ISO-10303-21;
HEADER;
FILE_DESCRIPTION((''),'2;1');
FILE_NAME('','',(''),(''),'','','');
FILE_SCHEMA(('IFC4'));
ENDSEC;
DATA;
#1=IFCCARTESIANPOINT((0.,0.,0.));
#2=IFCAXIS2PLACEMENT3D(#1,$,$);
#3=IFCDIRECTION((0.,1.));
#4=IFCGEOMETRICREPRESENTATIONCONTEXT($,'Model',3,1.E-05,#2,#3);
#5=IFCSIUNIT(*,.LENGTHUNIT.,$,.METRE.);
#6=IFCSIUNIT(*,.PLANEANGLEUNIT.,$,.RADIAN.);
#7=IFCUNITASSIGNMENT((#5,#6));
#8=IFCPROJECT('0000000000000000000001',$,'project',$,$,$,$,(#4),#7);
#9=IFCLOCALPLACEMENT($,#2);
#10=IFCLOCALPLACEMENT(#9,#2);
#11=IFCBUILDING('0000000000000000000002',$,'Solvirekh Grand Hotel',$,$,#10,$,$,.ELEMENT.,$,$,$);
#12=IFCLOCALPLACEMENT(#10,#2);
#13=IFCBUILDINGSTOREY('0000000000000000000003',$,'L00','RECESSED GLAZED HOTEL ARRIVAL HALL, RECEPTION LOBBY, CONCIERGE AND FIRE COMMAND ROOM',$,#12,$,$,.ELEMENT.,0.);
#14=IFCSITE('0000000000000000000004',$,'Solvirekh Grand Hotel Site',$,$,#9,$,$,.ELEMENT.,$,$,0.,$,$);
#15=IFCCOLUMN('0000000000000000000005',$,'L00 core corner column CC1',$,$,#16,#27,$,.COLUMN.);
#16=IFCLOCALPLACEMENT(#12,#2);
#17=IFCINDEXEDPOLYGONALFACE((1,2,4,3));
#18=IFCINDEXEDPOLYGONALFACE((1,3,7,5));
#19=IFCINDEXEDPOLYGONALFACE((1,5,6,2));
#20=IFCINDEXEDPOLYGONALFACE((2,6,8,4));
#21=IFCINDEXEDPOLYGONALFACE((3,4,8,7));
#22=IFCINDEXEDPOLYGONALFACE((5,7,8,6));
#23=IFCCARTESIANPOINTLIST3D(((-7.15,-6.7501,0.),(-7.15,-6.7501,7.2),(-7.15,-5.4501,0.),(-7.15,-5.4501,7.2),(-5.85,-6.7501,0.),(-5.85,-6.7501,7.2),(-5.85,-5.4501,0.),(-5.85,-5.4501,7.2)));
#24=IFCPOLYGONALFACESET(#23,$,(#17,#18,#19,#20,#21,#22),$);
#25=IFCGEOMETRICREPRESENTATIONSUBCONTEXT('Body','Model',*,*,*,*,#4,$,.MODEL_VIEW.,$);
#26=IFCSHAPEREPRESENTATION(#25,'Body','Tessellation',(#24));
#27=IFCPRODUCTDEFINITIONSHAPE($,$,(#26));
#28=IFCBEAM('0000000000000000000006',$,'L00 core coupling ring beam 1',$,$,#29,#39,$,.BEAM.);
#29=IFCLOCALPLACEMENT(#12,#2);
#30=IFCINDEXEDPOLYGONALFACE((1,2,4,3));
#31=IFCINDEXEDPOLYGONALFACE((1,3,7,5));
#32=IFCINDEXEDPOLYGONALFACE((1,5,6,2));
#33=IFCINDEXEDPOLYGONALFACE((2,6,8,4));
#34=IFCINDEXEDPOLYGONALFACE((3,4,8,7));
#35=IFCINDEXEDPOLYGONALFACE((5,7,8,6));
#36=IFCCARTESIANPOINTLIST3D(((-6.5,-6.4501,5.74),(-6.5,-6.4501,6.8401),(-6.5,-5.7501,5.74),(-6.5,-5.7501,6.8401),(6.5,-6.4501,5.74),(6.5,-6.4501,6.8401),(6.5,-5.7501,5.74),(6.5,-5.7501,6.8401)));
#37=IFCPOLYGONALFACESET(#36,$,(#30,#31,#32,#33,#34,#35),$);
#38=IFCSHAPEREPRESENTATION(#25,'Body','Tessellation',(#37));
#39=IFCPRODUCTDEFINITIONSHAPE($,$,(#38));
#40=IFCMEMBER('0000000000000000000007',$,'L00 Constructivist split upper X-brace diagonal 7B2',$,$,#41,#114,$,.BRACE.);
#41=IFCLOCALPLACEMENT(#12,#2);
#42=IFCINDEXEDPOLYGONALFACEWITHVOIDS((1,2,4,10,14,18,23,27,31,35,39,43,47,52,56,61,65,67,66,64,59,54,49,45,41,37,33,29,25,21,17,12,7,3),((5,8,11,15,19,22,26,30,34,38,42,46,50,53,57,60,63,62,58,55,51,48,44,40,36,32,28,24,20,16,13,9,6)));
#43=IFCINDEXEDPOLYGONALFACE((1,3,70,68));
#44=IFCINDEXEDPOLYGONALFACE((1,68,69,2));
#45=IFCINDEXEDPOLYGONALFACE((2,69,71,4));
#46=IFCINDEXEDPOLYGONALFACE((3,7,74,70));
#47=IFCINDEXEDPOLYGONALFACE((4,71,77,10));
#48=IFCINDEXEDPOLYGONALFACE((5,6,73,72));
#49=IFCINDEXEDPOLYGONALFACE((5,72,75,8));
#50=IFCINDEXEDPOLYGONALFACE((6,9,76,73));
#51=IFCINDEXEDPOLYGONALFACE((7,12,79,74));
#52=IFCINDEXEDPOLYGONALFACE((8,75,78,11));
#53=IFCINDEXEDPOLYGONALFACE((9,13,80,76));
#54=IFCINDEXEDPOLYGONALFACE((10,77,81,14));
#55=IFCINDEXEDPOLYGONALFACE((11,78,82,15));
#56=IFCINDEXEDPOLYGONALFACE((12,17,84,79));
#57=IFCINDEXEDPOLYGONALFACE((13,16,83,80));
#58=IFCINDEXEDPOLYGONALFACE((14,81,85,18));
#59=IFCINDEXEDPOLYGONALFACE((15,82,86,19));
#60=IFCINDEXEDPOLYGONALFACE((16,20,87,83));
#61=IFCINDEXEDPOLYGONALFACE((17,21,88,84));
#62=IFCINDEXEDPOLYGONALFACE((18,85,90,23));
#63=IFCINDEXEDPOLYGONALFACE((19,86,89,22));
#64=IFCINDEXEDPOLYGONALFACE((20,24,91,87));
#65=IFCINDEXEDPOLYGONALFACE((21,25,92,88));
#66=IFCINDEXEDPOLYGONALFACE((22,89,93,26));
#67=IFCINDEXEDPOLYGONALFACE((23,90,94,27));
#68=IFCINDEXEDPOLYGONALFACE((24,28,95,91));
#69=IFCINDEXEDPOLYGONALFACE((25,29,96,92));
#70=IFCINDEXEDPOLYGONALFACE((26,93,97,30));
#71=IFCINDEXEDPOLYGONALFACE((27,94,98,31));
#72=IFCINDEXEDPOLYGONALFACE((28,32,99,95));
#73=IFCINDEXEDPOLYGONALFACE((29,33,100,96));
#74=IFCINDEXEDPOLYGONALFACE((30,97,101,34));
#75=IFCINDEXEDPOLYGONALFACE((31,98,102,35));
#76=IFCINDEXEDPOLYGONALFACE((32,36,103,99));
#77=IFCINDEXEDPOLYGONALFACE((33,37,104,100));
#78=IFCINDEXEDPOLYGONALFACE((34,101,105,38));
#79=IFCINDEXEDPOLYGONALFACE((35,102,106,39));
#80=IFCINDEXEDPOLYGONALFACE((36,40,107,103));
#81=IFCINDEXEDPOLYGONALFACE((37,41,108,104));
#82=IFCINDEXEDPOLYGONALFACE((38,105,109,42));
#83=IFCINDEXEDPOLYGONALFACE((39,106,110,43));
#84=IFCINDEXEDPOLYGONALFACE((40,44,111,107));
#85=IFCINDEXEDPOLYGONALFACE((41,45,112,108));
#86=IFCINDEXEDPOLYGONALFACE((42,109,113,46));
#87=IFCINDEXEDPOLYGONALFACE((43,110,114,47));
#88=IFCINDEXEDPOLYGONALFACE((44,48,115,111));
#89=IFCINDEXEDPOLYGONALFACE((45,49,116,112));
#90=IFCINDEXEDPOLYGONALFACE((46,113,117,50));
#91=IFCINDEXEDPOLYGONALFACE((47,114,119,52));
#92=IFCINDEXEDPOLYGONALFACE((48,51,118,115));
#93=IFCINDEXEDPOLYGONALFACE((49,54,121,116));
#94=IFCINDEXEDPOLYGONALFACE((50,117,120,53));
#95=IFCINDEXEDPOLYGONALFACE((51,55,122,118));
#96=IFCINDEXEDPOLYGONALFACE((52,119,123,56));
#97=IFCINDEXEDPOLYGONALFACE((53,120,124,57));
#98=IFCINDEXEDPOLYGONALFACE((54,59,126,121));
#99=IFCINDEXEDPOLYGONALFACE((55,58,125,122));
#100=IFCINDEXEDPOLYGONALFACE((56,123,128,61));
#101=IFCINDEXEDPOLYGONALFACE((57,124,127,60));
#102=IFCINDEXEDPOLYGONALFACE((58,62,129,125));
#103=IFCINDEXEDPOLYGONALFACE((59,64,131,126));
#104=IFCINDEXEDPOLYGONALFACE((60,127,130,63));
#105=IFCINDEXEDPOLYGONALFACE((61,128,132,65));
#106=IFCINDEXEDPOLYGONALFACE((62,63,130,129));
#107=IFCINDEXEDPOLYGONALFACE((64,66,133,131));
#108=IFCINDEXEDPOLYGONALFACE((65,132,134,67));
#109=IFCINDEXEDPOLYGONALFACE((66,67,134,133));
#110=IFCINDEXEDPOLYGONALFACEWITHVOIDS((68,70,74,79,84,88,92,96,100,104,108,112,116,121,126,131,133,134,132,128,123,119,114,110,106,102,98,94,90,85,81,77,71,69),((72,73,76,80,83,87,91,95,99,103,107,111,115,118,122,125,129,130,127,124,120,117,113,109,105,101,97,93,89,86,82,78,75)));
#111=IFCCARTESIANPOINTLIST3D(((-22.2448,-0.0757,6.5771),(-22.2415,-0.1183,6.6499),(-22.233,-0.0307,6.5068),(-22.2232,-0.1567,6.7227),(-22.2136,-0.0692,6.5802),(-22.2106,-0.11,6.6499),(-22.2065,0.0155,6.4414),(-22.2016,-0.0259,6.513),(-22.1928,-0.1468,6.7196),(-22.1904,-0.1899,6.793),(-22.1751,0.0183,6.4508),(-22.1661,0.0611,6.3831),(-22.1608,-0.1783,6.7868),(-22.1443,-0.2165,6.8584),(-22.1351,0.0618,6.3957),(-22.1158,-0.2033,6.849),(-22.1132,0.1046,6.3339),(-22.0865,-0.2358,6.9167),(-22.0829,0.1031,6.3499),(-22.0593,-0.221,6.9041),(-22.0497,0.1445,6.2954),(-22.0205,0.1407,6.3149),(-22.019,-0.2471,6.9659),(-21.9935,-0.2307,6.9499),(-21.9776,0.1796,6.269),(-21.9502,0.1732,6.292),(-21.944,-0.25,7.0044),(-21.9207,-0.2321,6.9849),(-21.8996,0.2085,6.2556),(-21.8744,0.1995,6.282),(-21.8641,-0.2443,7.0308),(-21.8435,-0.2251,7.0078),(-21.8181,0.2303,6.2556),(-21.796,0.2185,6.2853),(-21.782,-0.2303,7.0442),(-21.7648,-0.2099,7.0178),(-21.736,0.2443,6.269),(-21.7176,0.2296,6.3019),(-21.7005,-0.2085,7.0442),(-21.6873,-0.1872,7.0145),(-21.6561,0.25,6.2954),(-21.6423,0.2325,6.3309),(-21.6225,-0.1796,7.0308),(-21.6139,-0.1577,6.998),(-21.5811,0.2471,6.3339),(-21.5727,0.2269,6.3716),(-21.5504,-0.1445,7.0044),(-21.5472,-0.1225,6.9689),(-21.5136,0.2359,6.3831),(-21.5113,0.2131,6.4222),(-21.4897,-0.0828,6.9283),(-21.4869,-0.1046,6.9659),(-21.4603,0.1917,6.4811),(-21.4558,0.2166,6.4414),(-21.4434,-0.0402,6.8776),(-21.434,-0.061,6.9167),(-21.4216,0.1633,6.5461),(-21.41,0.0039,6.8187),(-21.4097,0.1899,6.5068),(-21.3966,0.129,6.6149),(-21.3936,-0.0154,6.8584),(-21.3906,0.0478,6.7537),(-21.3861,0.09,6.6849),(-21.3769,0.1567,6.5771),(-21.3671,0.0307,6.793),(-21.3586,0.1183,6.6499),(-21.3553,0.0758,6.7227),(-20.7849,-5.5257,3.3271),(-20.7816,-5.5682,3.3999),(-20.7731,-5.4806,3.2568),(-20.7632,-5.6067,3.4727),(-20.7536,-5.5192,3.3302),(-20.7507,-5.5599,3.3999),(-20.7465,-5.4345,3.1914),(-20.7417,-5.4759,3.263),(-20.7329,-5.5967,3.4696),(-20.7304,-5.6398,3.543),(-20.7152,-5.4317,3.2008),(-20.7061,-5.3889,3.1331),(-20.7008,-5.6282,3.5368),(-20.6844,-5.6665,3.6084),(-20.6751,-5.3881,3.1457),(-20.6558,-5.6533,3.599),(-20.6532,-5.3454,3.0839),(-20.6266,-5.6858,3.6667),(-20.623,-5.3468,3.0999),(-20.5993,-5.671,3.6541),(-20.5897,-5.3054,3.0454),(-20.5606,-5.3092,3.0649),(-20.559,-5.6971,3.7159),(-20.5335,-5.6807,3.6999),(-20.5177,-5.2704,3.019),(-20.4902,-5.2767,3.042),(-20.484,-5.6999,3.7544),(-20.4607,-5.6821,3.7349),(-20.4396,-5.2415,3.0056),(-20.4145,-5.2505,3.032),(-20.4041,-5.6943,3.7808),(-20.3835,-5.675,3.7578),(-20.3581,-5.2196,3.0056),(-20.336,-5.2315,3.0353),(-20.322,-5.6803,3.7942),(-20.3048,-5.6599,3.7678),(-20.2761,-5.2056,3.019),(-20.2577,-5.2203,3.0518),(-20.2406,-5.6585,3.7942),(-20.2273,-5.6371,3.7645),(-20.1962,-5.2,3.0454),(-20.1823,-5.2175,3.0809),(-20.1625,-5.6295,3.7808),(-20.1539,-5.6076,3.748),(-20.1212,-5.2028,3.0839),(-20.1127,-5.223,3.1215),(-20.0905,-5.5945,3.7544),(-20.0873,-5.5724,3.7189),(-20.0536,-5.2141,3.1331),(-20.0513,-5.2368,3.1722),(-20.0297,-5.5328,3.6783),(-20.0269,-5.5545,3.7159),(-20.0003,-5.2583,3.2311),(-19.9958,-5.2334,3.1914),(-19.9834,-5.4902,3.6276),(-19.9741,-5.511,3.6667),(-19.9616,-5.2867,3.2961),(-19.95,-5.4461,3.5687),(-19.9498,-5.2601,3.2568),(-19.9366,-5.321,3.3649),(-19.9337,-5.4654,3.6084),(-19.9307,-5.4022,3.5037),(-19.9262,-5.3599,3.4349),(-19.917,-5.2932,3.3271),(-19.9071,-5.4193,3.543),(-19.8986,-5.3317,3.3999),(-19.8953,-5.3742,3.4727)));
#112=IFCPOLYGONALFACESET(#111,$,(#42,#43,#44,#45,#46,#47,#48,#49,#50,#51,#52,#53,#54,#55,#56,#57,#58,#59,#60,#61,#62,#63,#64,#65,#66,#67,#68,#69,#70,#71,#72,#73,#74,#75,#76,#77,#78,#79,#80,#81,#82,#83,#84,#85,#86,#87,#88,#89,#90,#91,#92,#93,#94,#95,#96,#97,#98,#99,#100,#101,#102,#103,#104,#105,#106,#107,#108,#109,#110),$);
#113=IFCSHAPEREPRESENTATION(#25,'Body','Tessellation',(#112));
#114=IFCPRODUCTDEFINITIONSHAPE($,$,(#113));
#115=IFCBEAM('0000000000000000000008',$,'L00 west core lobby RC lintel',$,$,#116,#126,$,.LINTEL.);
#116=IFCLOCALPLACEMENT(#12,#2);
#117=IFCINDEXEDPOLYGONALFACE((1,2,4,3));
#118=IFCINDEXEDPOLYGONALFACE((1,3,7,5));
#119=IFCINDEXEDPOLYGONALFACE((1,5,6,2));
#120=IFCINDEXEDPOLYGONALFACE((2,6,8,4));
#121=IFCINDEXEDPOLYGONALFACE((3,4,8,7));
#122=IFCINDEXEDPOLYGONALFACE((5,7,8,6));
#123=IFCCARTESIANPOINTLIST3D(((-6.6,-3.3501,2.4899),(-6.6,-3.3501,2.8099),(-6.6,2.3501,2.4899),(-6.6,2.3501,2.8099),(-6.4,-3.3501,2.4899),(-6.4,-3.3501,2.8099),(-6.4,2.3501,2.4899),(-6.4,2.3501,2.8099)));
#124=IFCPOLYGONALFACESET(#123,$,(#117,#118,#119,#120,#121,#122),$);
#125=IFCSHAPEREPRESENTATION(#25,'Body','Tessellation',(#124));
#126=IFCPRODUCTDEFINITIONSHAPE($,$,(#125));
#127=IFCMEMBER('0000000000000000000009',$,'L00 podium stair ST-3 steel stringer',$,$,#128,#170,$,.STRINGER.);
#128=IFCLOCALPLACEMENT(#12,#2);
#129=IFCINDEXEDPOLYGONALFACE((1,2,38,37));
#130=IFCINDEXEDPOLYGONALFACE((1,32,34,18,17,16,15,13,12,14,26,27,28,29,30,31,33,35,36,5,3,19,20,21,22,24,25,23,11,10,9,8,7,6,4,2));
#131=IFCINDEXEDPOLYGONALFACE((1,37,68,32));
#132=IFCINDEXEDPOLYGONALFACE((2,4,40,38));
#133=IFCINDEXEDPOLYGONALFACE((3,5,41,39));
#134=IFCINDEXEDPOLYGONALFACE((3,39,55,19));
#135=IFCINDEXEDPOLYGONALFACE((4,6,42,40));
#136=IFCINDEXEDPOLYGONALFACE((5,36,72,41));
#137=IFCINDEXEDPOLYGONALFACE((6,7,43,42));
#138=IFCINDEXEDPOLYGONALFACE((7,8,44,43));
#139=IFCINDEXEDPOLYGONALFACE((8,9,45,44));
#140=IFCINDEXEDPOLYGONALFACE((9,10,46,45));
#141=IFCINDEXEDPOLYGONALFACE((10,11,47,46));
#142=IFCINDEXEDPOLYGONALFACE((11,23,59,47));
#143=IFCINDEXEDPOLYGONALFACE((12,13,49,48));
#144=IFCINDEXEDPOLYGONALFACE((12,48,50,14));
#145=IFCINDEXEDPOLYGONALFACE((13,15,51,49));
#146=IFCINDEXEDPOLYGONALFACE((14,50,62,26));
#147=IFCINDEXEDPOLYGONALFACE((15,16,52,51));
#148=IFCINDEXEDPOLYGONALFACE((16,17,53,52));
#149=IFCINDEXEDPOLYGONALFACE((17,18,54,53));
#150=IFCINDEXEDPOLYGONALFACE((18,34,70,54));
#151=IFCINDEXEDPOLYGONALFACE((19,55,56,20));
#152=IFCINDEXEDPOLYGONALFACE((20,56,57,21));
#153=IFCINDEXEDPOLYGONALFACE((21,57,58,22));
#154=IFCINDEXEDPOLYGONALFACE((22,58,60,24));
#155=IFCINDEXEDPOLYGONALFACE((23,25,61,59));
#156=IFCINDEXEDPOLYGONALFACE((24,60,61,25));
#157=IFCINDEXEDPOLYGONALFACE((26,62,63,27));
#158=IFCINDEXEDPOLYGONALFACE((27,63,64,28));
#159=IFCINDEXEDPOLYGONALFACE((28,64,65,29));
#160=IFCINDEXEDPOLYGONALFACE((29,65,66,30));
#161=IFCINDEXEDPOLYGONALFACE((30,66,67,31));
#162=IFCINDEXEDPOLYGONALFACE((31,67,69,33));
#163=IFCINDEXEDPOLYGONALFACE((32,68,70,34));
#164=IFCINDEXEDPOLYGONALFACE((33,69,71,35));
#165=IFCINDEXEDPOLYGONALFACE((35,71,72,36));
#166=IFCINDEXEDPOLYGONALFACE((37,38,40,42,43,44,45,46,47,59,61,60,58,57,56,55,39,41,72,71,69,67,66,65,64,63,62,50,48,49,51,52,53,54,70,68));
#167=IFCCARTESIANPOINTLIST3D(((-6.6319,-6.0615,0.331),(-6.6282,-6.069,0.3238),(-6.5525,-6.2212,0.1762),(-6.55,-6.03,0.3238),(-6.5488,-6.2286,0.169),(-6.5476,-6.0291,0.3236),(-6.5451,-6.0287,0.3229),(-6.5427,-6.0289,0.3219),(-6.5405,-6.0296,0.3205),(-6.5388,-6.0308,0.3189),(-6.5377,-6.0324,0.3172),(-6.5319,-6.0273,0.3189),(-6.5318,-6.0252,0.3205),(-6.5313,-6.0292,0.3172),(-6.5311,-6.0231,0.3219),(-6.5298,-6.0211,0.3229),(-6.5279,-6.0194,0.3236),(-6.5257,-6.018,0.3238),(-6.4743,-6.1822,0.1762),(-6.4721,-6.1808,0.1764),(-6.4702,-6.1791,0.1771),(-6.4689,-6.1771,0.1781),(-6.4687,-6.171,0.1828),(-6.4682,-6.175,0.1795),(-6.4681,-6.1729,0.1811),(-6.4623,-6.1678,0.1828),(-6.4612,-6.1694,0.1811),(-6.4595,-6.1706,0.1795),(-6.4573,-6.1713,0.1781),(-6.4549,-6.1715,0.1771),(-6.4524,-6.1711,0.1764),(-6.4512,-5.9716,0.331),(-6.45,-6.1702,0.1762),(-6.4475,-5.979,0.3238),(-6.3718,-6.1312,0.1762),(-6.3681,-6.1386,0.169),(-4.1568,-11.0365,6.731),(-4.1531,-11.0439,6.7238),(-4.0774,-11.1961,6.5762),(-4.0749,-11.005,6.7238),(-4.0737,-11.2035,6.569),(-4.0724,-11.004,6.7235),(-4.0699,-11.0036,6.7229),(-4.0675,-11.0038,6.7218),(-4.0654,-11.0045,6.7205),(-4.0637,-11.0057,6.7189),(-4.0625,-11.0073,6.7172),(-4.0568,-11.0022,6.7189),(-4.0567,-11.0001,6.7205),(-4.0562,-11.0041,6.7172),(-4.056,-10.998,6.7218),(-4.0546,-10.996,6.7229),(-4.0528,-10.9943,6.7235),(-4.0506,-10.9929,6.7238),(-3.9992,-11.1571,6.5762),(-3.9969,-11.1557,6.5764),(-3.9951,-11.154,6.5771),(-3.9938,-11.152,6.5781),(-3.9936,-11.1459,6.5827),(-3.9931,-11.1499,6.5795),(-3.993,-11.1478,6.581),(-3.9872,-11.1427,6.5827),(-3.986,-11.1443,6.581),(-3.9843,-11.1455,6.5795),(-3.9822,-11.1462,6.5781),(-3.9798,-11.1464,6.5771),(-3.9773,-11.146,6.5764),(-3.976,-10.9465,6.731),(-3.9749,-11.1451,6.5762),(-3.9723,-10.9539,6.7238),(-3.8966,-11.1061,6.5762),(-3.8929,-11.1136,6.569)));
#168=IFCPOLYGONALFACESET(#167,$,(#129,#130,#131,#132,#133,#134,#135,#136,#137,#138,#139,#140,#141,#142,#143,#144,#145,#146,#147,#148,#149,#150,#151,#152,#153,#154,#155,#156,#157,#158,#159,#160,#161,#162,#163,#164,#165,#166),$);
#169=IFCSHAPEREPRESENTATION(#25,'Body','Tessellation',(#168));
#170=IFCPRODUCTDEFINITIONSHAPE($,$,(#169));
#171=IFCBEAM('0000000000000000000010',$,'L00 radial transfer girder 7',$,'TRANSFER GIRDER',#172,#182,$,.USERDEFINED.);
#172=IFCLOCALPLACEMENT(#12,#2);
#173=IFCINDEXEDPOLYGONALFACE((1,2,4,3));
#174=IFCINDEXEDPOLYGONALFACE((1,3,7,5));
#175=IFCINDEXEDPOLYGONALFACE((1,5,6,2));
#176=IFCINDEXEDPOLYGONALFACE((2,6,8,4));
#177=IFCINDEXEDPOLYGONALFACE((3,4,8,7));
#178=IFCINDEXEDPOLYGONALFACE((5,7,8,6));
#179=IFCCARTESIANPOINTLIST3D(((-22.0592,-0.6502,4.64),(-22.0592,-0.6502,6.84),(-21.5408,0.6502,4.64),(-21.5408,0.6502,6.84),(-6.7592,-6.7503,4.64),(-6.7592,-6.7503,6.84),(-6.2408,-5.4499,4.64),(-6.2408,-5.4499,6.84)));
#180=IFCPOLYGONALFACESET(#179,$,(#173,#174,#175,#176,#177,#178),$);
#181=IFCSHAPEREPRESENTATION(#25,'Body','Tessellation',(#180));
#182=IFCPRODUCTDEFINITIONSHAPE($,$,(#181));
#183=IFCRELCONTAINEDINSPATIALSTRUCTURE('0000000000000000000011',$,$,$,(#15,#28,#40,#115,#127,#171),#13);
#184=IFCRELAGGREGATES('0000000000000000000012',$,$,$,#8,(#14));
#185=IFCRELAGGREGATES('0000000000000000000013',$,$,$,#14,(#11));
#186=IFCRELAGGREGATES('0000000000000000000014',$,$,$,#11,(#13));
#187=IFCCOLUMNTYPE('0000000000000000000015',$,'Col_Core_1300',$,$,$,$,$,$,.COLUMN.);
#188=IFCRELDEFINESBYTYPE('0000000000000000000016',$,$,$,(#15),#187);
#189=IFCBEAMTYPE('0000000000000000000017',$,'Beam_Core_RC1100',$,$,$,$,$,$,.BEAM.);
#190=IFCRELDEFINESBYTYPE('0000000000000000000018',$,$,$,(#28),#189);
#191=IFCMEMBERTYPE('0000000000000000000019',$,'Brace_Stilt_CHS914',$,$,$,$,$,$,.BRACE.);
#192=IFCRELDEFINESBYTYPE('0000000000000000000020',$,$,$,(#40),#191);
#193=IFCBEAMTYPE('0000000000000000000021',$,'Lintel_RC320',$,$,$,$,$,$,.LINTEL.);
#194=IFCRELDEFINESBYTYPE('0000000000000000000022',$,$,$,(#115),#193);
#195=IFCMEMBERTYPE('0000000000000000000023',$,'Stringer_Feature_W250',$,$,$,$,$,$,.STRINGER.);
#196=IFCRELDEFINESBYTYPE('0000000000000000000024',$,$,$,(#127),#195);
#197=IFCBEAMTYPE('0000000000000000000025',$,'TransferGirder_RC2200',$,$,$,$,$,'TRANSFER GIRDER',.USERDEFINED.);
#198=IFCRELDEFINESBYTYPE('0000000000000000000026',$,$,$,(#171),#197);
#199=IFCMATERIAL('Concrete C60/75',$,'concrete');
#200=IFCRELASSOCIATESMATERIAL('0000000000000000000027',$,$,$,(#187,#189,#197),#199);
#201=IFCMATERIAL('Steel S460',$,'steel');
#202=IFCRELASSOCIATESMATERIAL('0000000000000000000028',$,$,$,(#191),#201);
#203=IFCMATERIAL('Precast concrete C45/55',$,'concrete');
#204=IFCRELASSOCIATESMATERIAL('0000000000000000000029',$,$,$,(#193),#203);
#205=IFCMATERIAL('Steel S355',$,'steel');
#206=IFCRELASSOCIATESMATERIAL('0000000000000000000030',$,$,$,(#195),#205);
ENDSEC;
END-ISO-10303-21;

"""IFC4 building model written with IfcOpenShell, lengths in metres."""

from ifc_helpers import new_model, si_unit, direction, frame, origin, origin_2d, place, context, subcontext, project, spatial, rectangle, hollow_circle, i_section, extrude, material, material_profile, profile_set, type_object, element, save


model = new_model("IFC4")

# Units and contexts
model_context = context("Model", 3, precision=1e-05, world=origin(), true_north=direction((0.0, 1.0)))
body_context = subcontext(model_context, "Body", "Model", "MODEL_VIEW")
ifc_project = project(units=[si_unit("LENGTHUNIT", "METRE"), si_unit("PLANEANGLEUNIT", "RADIAN")], contexts=[model_context])

# Site, building, storey
site_placement = place(None, origin())
site = spatial("IfcSite", under=ifc_project, at=site_placement, Name="Solvirekh Grand Hotel Site", CompositionType="ELEMENT", RefElevation=0.0)
building_placement = place(site_placement, origin())
building = spatial("IfcBuilding", under=site, at=building_placement, Name="Solvirekh Grand Hotel", CompositionType="ELEMENT")
storey_placement = place(building_placement, origin())
storey = spatial("IfcBuildingStorey", under=building, at=storey_placement, Name="L00", Description="RECESSED GLAZED HOTEL ARRIVAL HALL, RECEPTION LOBBY, CONCIERGE AND FIRE COMMAND ROOM", CompositionType="ELEMENT", Elevation=0.0)

# Column
ifc_material_1 = material(Name="Concrete C60/75", Category="concrete")
ifc_material_profile_1 = material_profile(ifc_material_1, rectangle(XDim=1.3, YDim=1.3, at=origin_2d()), Name="RC 1300X1300")
ifc_profile_set_1 = profile_set([ifc_material_profile_1], Name="Concrete C60/75")
column_type = type_object("IfcColumnType", Name="Col_Core_1300", PredefinedType="COLUMN", material=ifc_profile_set_1)
column_placement = place(storey_placement, frame((-6.5, -6.1001, 0.0), z_axis=(0.0, 0.0, 1.0), x_axis=(1.0, 0.0, 0.0)))
element("IfcColumn", 1, at=column_placement, inside=storey, type_object=column_type, Name="L00 core corner column CC1", PredefinedType="COLUMN", context=body_context, shape_type="SweptSolid", body=[
    extrude(rectangle(XDim=1.3, YDim=1.3, at=origin_2d()), origin(), (0.0, 0.0, 1.0), 7.2),
])

# Beam
ifc_material_profile_2 = material_profile(ifc_material_1, rectangle(XDim=0.7, YDim=1.1001, at=origin_2d()), Name="RC BEAM 700X1100")
ifc_profile_set_2 = profile_set([ifc_material_profile_2], Name="Concrete C60/75")
beam_type_1 = type_object("IfcBeamType", Name="Beam_Core_RC1100", PredefinedType="BEAM", material=ifc_profile_set_2)
beam_1_placement = place(storey_placement, frame((-6.5, -6.1001, 6.29), z_axis=(1.0, 0.0, 0.0), x_axis=(0.0, 1.0, 0.0)))
element("IfcBeam", 2, at=beam_1_placement, inside=storey, type_object=beam_type_1, Name="L00 core coupling ring beam 1", PredefinedType="BEAM", context=body_context, shape_type="SweptSolid", body=[
    extrude(rectangle(XDim=0.7, YDim=1.1001, at=origin_2d()), origin(), (0.0, 0.0, 1.0), 13.0),
])

# Member
ifc_material_2 = material(Name="Steel S460", Category="steel")
ifc_material_profile_3 = material_profile(ifc_material_2, hollow_circle(Radius=0.457, WallThickness=0.032, at=origin_2d()), Name="CHS 914X32")
ifc_profile_set_3 = profile_set([ifc_material_profile_3], Name="Steel S460")
member_type_1 = type_object("IfcMemberType", Name="Brace_Stilt_CHS914", PredefinedType="BRACE", material=ifc_profile_set_3)
member_1_placement = place(storey_placement, frame((-20.3401, -5.45, 3.3999), z_axis=(-0.224222, 0.83701, 0.499139), x_axis=(-0.965941, -0.258761, 0.0)))
element("IfcMember", 3, at=member_1_placement, inside=storey, type_object=member_type_1, Name="L00 Constructivist split upper X-brace diagonal 7B2", PredefinedType="BRACE", context=body_context, shape_type="SweptSolid", body=[
    extrude(hollow_circle(Radius=0.457, WallThickness=0.032, at=origin_2d()), origin(), (0.0, 0.0, 1.0), 6.5112),
])

# Beam
ifc_material_3 = material(Name="Precast concrete C45/55", Category="concrete")
ifc_material_profile_4 = material_profile(ifc_material_3, rectangle(XDim=0.2, YDim=0.3201, at=origin_2d()), Name="RC LINTEL 200X320")
ifc_profile_set_4 = profile_set([ifc_material_profile_4], Name="Precast concrete C45/55")
beam_type_2 = type_object("IfcBeamType", Name="Lintel_RC320", PredefinedType="LINTEL", material=ifc_profile_set_4)
beam_2_placement = place(storey_placement, frame((-6.5, -3.3501, 2.6499), z_axis=(0.0, 1.0, 0.0), x_axis=(-1.0, 0.0, 0.0)))
element("IfcBeam", 4, at=beam_2_placement, inside=storey, type_object=beam_type_2, Name="L00 west core lobby RC lintel", PredefinedType="LINTEL", context=body_context, shape_type="SweptSolid", body=[
    extrude(rectangle(XDim=0.2, YDim=0.3201, at=origin_2d()), origin(), (0.0, 0.0, 1.0), 5.7002),
])

# Member
ifc_material_4 = material(Name="Steel S355", Category="steel")
ifc_material_profile_5 = material_profile(ifc_material_4, i_section(OverallWidth=0.2019, OverallDepth=0.2471, WebThickness=0.0071, FlangeThickness=0.011, FilletRadius=0.01, at=origin_2d()), Name="W250X49")
ifc_profile_set_5 = profile_set([ifc_material_profile_5], Name="Steel S355")
member_type_2 = type_object("IfcMemberType", Name="Stringer_Feature_W250", PredefinedType="STRINGER", material=ifc_profile_set_5)
member_2_placement = place(storey_placement, frame((-6.5, -6.1001, 0.25), z_axis=(0.29203, -0.586969, 0.755107), x_axis=(0.895313, 0.445438, 0.0)))
element("IfcMember", 5, at=member_2_placement, inside=storey, type_object=member_type_2, Name="L00 podium stair ST-3 steel stringer", PredefinedType="STRINGER", context=body_context, shape_type="SweptSolid", body=[
    extrude(i_section(OverallWidth=0.2019, OverallDepth=0.2471, WebThickness=0.0071, FlangeThickness=0.011, FilletRadius=0.01, at=origin_2d()), origin(), (0.0, 0.0, 1.0), 8.4756),
])

# Beam
ifc_material_profile_6 = material_profile(ifc_material_1, rectangle(XDim=1.3999, YDim=2.2, at=origin_2d()), Name="RC GIRDER 1400X2200")
ifc_profile_set_6 = profile_set([ifc_material_profile_6], Name="Concrete C60/75")
beam_type_3 = type_object("IfcBeamType", Name="TransferGirder_RC2200", ElementType="TRANSFER GIRDER", PredefinedType="USERDEFINED", material=ifc_profile_set_6)
beam_3_placement = place(storey_placement, frame((-6.5, -6.1001, 5.74), z_axis=(-0.928893, 0.370348, 0.0), x_axis=(-0.370348, -0.928893, 0.0)))
element("IfcBeam", 6, at=beam_3_placement, inside=storey, type_object=beam_type_3, Name="L00 radial transfer girder 7", ObjectType="TRANSFER GIRDER", PredefinedType="USERDEFINED", context=body_context, shape_type="SweptSolid", body=[
    extrude(rectangle(XDim=1.3999, YDim=2.2, at=origin_2d()), origin(), (0.0, 0.0, 1.0), 16.4712),
])

save(model, "model.ifc")
